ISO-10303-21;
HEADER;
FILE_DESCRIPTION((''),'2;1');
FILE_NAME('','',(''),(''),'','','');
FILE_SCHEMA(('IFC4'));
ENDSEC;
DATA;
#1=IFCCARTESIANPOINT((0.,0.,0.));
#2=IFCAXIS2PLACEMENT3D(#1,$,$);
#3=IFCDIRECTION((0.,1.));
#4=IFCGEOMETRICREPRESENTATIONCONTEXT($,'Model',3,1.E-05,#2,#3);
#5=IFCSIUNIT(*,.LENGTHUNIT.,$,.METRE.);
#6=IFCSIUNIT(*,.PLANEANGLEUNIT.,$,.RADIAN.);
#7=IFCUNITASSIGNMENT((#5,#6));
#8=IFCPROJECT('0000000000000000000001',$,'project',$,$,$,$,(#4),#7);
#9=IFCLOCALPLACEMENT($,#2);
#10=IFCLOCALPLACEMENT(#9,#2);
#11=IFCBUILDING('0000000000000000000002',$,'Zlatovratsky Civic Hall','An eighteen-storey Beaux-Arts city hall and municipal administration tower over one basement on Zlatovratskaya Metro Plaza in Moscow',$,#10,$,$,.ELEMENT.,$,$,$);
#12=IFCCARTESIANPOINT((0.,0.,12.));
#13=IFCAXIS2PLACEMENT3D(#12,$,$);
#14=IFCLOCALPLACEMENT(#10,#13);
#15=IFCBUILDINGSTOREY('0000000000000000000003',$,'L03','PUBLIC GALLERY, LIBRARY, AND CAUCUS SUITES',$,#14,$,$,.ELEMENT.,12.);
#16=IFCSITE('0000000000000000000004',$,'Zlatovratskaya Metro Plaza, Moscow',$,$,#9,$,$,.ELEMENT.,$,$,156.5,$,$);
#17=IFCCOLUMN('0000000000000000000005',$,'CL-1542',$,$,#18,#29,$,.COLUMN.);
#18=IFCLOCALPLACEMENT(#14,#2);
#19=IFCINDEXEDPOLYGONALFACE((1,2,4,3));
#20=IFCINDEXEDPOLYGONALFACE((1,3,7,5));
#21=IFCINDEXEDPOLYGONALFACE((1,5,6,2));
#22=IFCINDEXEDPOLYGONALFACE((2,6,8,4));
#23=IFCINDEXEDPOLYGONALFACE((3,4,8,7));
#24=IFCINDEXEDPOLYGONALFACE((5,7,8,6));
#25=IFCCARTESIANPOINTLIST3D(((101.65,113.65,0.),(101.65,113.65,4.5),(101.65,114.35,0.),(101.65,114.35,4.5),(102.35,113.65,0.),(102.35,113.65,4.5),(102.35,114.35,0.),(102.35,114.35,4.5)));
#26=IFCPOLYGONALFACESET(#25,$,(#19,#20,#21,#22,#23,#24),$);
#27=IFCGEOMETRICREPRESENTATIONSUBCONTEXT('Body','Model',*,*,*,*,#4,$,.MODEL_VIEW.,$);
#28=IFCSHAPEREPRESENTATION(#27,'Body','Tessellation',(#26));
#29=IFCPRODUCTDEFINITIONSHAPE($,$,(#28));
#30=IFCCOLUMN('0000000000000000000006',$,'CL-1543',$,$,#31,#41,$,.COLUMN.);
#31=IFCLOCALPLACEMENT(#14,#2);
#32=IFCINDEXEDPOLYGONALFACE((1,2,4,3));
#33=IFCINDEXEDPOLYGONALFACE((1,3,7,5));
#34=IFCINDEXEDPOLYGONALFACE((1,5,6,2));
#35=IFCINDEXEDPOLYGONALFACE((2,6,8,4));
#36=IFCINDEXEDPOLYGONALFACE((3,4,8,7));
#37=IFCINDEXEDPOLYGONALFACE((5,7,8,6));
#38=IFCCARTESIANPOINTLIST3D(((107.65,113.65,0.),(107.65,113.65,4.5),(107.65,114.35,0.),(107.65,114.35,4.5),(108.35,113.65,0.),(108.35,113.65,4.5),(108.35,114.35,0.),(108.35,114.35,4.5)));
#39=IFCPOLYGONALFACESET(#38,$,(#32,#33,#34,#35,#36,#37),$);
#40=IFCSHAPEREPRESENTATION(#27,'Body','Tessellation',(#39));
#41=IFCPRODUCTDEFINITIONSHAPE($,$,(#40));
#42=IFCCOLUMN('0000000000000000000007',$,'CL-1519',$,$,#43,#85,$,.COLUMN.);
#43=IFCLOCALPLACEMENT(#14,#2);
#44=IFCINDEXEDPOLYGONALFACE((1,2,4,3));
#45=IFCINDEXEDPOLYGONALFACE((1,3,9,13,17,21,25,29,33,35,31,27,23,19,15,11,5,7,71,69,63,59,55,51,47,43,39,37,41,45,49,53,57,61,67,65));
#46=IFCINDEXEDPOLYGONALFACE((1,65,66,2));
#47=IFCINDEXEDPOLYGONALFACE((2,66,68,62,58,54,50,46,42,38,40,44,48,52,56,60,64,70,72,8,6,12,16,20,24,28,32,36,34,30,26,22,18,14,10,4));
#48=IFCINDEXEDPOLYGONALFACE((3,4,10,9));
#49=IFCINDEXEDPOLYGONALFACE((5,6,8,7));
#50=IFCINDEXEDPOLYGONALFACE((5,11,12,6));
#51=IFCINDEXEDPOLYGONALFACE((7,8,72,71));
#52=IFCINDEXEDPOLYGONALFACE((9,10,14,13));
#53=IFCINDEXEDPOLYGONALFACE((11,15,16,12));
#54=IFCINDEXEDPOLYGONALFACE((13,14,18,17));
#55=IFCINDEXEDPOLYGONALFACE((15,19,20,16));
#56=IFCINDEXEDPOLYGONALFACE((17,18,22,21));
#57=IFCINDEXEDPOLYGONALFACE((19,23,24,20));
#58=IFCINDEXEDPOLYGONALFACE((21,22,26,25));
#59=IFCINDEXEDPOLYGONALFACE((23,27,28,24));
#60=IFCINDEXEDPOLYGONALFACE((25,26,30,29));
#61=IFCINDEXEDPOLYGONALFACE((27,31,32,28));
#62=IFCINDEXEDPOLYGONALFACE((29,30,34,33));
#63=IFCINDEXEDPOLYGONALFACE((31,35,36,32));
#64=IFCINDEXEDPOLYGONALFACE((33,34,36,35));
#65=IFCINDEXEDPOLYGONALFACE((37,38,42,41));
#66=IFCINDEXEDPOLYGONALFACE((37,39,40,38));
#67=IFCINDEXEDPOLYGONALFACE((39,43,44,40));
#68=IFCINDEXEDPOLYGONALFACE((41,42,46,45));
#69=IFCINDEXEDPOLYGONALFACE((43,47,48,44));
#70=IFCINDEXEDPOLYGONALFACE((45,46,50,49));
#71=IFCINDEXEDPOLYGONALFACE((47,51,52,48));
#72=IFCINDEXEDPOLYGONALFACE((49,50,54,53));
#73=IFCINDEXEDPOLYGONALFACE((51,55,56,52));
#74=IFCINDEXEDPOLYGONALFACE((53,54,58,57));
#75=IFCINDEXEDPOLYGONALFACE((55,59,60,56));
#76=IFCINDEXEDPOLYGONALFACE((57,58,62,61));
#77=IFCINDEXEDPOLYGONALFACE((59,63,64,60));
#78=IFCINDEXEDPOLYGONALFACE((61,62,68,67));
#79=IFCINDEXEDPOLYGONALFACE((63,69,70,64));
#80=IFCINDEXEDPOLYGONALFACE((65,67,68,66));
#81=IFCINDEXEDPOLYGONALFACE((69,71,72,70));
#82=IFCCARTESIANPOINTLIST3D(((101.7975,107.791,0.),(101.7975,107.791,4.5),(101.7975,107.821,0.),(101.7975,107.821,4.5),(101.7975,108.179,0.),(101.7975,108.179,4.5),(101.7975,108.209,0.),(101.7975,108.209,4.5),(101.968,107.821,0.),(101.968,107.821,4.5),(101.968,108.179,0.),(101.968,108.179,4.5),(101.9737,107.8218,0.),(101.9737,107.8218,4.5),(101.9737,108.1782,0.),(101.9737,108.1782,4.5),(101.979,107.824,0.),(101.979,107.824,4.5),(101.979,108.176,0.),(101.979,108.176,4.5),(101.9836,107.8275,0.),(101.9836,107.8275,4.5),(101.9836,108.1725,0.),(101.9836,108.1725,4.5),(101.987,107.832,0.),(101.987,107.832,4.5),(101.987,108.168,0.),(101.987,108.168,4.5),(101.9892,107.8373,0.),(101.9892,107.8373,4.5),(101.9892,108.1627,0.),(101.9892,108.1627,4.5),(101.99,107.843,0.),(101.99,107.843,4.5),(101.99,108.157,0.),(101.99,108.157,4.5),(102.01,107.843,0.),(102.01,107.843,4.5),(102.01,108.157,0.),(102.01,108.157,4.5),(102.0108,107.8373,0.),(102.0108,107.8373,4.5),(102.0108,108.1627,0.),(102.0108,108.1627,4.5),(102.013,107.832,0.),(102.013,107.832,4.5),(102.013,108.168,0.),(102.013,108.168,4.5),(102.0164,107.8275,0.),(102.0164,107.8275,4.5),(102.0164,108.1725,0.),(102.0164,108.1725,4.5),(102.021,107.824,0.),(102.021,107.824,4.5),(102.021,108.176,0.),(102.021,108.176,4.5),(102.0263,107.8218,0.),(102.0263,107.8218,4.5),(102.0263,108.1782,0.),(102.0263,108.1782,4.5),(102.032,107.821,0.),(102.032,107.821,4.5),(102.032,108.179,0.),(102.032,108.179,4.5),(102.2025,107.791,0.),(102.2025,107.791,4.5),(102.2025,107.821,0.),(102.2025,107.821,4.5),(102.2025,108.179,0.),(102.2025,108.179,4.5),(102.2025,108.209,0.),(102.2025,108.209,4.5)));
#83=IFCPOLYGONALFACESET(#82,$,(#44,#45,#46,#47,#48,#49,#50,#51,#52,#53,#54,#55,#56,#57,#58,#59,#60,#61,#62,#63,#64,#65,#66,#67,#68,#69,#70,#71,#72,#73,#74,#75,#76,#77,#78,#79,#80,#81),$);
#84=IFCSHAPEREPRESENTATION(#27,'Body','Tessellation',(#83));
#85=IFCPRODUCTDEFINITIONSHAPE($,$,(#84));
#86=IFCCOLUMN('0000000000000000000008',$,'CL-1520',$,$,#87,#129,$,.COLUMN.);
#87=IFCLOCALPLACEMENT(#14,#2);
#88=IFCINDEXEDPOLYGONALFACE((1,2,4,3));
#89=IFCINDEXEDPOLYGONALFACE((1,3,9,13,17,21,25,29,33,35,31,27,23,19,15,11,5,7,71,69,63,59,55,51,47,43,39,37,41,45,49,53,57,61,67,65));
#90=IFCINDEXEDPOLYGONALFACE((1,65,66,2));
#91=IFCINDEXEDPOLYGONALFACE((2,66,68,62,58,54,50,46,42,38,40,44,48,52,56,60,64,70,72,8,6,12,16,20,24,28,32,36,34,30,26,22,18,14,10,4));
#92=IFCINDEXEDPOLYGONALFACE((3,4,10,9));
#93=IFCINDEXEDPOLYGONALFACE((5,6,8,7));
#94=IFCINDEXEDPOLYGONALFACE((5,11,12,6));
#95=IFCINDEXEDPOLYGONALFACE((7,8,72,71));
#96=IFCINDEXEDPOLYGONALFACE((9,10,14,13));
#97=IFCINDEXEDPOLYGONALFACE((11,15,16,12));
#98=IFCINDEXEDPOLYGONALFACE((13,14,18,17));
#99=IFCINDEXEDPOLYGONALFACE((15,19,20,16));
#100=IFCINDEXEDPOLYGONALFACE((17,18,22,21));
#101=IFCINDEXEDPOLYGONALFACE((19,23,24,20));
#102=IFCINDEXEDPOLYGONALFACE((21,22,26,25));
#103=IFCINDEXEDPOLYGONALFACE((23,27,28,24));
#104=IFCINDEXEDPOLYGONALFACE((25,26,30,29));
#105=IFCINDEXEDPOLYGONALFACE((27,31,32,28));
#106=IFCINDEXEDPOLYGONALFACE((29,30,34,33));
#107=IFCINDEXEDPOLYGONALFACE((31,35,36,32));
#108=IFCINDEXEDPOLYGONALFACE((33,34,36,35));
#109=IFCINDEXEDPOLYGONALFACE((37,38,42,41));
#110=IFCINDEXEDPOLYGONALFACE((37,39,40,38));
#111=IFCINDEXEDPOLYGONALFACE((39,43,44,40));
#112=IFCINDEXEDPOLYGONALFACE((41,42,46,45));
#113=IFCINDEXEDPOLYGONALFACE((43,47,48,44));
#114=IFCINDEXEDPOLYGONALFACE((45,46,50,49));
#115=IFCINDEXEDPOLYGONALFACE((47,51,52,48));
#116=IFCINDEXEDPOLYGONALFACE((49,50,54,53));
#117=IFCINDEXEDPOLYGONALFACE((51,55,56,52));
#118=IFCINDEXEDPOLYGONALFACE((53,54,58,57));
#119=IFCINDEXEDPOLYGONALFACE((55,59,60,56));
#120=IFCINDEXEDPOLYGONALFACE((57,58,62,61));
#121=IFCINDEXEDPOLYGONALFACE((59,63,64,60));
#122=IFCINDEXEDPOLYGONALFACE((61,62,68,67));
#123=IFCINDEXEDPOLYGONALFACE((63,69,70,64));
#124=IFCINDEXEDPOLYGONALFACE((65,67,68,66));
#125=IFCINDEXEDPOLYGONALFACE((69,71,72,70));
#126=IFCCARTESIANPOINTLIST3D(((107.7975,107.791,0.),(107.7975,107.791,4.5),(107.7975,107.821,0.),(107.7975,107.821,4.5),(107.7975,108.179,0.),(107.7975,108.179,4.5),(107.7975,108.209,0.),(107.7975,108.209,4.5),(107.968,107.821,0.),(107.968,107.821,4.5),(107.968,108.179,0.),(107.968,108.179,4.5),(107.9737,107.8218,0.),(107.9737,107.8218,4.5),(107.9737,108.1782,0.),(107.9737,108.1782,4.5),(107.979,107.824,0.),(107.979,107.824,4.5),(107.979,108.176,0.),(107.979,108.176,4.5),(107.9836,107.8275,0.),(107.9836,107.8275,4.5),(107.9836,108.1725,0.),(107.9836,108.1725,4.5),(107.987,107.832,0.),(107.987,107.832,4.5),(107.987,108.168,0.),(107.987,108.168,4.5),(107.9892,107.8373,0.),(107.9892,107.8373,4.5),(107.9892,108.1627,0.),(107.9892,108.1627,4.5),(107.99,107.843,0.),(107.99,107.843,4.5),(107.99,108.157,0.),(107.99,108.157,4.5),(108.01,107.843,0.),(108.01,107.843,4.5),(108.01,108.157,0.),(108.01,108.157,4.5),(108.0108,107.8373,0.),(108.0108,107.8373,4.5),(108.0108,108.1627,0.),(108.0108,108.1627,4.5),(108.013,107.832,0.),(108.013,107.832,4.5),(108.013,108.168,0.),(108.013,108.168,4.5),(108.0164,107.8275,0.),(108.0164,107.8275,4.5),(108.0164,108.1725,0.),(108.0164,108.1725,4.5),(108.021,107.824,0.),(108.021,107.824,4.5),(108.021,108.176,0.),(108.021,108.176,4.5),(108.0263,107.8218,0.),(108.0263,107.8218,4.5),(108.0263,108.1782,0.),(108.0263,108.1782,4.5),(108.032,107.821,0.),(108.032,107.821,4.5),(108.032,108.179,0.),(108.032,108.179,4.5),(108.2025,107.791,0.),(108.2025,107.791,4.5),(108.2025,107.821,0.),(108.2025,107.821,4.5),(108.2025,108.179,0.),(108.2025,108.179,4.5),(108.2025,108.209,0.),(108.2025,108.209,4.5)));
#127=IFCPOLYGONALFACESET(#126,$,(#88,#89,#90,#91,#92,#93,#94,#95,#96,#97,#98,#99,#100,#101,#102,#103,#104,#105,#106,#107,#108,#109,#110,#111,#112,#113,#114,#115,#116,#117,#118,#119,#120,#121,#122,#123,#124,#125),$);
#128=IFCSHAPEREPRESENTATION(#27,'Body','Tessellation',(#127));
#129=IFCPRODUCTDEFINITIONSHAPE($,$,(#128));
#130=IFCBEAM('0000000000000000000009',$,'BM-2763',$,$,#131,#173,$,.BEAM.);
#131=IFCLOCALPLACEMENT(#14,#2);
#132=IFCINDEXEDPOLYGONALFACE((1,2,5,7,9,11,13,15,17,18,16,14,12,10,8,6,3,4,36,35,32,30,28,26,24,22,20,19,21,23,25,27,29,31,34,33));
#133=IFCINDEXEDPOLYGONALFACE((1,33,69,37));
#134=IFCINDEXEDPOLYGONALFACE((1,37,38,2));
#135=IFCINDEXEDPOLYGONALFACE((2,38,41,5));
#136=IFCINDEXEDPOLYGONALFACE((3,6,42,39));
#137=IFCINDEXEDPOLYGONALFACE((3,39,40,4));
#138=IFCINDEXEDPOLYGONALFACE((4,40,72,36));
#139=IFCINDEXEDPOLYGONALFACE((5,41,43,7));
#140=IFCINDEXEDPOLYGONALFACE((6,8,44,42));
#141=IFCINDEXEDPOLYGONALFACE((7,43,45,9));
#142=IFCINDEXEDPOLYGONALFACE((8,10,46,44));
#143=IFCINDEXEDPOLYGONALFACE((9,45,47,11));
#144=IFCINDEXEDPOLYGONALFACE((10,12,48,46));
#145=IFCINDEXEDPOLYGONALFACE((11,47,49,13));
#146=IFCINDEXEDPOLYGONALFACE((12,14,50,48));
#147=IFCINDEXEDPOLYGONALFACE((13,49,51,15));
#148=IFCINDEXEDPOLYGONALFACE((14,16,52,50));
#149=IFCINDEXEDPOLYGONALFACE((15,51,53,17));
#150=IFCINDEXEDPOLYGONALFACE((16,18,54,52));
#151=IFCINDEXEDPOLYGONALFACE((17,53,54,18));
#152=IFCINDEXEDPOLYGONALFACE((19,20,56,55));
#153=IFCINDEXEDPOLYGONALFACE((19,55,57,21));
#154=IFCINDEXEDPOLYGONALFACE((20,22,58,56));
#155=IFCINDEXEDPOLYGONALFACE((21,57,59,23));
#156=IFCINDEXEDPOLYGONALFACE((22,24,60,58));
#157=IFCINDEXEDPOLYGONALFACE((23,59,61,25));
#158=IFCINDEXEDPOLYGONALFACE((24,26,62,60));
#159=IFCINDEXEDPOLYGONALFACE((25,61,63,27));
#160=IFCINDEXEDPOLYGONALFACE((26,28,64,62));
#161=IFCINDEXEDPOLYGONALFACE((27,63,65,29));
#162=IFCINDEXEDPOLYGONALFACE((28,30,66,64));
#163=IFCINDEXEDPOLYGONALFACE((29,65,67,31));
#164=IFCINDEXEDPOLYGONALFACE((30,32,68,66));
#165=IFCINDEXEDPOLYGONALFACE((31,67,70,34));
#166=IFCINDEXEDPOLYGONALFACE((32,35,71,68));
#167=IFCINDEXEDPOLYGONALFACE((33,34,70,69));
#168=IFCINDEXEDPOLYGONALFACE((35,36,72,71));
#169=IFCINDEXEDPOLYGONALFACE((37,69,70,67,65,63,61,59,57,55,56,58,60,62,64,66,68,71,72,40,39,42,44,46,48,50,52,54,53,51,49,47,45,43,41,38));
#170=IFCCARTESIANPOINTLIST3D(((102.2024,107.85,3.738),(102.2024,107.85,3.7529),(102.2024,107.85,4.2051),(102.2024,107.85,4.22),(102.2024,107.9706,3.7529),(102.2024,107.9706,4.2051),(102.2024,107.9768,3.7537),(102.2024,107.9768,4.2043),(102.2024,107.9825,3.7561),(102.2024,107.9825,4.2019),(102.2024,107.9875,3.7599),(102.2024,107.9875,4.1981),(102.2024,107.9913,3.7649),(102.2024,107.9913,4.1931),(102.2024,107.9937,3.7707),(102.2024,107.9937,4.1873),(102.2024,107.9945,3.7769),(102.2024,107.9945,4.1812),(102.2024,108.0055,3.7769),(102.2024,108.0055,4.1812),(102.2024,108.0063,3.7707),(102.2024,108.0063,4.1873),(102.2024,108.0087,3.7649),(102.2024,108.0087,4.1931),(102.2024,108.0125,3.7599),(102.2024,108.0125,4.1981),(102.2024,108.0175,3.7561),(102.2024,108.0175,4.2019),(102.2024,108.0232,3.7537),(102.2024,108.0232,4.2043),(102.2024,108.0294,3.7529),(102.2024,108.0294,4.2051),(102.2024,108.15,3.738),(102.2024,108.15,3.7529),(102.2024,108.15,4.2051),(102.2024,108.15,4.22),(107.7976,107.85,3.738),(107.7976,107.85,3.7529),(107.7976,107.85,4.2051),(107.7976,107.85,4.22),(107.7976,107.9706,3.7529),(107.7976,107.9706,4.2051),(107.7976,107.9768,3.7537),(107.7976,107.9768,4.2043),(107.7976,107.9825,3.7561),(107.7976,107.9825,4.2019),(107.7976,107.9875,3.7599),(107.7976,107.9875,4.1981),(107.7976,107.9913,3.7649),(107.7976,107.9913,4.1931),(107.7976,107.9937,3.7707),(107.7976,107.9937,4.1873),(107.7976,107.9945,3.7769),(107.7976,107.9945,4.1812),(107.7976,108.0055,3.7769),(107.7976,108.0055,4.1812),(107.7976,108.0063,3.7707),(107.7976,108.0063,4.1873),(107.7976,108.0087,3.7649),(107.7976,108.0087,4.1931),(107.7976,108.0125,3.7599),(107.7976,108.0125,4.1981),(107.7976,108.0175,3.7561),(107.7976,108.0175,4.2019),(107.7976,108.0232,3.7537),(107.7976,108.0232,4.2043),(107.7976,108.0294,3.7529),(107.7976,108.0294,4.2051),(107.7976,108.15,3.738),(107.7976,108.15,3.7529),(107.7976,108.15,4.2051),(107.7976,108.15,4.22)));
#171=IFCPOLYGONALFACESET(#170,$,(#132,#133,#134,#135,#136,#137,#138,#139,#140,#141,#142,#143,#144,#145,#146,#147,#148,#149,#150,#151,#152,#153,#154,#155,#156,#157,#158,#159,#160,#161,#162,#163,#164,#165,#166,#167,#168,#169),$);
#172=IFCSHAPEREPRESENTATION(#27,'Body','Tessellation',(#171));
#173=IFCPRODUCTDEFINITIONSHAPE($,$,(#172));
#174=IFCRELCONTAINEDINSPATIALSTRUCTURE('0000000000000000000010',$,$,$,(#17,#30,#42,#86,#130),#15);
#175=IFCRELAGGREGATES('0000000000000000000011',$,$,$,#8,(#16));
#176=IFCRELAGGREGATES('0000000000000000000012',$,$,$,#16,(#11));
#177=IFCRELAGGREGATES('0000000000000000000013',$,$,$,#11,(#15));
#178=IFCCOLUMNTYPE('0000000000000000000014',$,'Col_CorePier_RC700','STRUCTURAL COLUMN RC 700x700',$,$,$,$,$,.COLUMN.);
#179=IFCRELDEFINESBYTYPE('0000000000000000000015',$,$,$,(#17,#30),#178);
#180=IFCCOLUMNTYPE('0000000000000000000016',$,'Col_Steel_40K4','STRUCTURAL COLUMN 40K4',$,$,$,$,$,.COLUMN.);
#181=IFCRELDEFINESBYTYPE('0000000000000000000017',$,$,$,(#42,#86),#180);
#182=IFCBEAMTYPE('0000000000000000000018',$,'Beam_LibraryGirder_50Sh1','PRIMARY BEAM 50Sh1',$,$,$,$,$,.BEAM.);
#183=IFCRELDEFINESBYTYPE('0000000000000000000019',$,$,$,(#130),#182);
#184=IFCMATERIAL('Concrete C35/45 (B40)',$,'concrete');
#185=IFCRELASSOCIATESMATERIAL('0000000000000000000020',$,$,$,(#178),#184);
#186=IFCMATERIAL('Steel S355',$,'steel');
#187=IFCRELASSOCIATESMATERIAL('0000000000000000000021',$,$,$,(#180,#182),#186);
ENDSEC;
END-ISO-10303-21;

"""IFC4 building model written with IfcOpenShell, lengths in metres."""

from ifc_helpers import new_model, si_unit, direction, frame, origin, origin_2d, place, context, subcontext, project, spatial, rectangle, i_section, extrude, material, material_profile, profile_set, type_object, element, save


model = new_model("IFC4")

# Units and contexts
model_context = context("Model", 3, precision=1e-05, world=origin(), true_north=direction((0.0, 1.0)))
body_context = subcontext(model_context, "Body", "Model", "MODEL_VIEW")
ifc_project = project(units=[si_unit("LENGTHUNIT", "METRE"), si_unit("PLANEANGLEUNIT", "RADIAN")], contexts=[model_context])

# Site, building, storey
site_placement = place(None, origin())
site = spatial("IfcSite", under=ifc_project, at=site_placement, Name="Zlatovratskaya Metro Plaza, Moscow", CompositionType="ELEMENT", RefElevation=156.5)
building_placement = place(site_placement, origin())
building = spatial("IfcBuilding", under=site, at=building_placement, Name="Zlatovratsky Civic Hall", Description="An eighteen-storey Beaux-Arts city hall and municipal administration tower over one basement on Zlatovratskaya Metro Plaza in Moscow", CompositionType="ELEMENT")
storey_placement = place(building_placement, frame((0.0, 0.0, 12.0)))
storey = spatial("IfcBuildingStorey", under=building, at=storey_placement, Name="L03", Description="PUBLIC GALLERY, LIBRARY, AND CAUCUS SUITES", CompositionType="ELEMENT", Elevation=12.0)

# Columns
ifc_material_1 = material(Name="Concrete C35/45 (B40)", Category="concrete")
ifc_material_profile_1 = material_profile(ifc_material_1, rectangle(XDim=0.7, YDim=0.7, at=origin_2d()), Name="RC 700x700")
ifc_profile_set_1 = profile_set([ifc_material_profile_1], Name="Concrete C35/45 (B40)")
column_type_1 = type_object("IfcColumnType", Name="Col_CorePier_RC700", Description="STRUCTURAL COLUMN RC 700x700", PredefinedType="COLUMN", material=ifc_profile_set_1)
for number, where, z_axis, x_axis, name in (
    (1, (102.0, 114.0, 0.0), (0.0, 0.0, 1.0), (1.0, 0.0, 0.0), "CL-1542"),
    (2, (108.0, 114.0, 0.0), (0.0, 0.0, 1.0), (1.0, 0.0, 0.0), "CL-1543"),
):
    element("IfcColumn", number, at=place(storey_placement, frame(where, z_axis=z_axis, x_axis=x_axis)), inside=storey, type_object=column_type_1, Name=name, PredefinedType="COLUMN", context=body_context, shape_type="SweptSolid", body=[
        extrude(rectangle(XDim=0.7, YDim=0.7, at=origin_2d()), origin(), (0.0, 0.0, 1.0), 4.5),
    ])
ifc_material_2 = material(Name="Steel S355", Category="steel")
ifc_material_profile_2 = material_profile(ifc_material_2, i_section(OverallWidth=0.405, OverallDepth=0.418, WebThickness=0.02, FlangeThickness=0.03, FilletRadius=0.022, at=origin_2d()), Name="40K4")
ifc_profile_set_2 = profile_set([ifc_material_profile_2], Name="Steel S355")
column_type_2 = type_object("IfcColumnType", Name="Col_Steel_40K4", Description="STRUCTURAL COLUMN 40K4", PredefinedType="COLUMN", material=ifc_profile_set_2)
for number, where, z_axis, x_axis, name in (
    (3, (102.0, 108.0, 0.0), (0.0, 0.0, 1.0), (1.0, 0.0, 0.0), "CL-1519"),
    (4, (108.0, 108.0, 0.0), (0.0, 0.0, 1.0), (1.0, 0.0, 0.0), "CL-1520"),
):
    element("IfcColumn", number, at=place(storey_placement, frame(where, z_axis=z_axis, x_axis=x_axis)), inside=storey, type_object=column_type_2, Name=name, PredefinedType="COLUMN", context=body_context, shape_type="SweptSolid", body=[
        extrude(i_section(OverallWidth=0.405, OverallDepth=0.418, WebThickness=0.02, FlangeThickness=0.03, FilletRadius=0.022, at=origin_2d()), origin(), (0.0, 0.0, 1.0), 4.5),
    ])

# Beam
ifc_material_profile_3 = material_profile(ifc_material_2, i_section(OverallWidth=0.3, OverallDepth=0.4819, WebThickness=0.011, FlangeThickness=0.0149, FilletRadius=0.0239, at=origin_2d()), Name="50Sh1")
ifc_profile_set_3 = profile_set([ifc_material_profile_3], Name="Steel S355")
beam_type_1 = type_object("IfcBeamType", Name="Beam_LibraryGirder_50Sh1", Description="PRIMARY BEAM 50Sh1", PredefinedType="BEAM", material=ifc_profile_set_3)
for number, where, z_axis, x_axis, name in (
    (5, (102.2024, 108.0, 3.979), (1.0, 0.0, 0.0), (0.0, 1.0, 0.0), "BM-2763"),
):
    element("IfcBeam", number, at=place(storey_placement, frame(where, z_axis=z_axis, x_axis=x_axis)), inside=storey, type_object=beam_type_1, Name=name, PredefinedType="BEAM", context=body_context, shape_type="SweptSolid", body=[
        extrude(i_section(OverallWidth=0.3, OverallDepth=0.4819, WebThickness=0.011, FlangeThickness=0.0149, FilletRadius=0.0239, at=origin_2d()), origin(), (0.0, 0.0, 1.0), 5.5952),
    ])

save(model, "model.ifc")
